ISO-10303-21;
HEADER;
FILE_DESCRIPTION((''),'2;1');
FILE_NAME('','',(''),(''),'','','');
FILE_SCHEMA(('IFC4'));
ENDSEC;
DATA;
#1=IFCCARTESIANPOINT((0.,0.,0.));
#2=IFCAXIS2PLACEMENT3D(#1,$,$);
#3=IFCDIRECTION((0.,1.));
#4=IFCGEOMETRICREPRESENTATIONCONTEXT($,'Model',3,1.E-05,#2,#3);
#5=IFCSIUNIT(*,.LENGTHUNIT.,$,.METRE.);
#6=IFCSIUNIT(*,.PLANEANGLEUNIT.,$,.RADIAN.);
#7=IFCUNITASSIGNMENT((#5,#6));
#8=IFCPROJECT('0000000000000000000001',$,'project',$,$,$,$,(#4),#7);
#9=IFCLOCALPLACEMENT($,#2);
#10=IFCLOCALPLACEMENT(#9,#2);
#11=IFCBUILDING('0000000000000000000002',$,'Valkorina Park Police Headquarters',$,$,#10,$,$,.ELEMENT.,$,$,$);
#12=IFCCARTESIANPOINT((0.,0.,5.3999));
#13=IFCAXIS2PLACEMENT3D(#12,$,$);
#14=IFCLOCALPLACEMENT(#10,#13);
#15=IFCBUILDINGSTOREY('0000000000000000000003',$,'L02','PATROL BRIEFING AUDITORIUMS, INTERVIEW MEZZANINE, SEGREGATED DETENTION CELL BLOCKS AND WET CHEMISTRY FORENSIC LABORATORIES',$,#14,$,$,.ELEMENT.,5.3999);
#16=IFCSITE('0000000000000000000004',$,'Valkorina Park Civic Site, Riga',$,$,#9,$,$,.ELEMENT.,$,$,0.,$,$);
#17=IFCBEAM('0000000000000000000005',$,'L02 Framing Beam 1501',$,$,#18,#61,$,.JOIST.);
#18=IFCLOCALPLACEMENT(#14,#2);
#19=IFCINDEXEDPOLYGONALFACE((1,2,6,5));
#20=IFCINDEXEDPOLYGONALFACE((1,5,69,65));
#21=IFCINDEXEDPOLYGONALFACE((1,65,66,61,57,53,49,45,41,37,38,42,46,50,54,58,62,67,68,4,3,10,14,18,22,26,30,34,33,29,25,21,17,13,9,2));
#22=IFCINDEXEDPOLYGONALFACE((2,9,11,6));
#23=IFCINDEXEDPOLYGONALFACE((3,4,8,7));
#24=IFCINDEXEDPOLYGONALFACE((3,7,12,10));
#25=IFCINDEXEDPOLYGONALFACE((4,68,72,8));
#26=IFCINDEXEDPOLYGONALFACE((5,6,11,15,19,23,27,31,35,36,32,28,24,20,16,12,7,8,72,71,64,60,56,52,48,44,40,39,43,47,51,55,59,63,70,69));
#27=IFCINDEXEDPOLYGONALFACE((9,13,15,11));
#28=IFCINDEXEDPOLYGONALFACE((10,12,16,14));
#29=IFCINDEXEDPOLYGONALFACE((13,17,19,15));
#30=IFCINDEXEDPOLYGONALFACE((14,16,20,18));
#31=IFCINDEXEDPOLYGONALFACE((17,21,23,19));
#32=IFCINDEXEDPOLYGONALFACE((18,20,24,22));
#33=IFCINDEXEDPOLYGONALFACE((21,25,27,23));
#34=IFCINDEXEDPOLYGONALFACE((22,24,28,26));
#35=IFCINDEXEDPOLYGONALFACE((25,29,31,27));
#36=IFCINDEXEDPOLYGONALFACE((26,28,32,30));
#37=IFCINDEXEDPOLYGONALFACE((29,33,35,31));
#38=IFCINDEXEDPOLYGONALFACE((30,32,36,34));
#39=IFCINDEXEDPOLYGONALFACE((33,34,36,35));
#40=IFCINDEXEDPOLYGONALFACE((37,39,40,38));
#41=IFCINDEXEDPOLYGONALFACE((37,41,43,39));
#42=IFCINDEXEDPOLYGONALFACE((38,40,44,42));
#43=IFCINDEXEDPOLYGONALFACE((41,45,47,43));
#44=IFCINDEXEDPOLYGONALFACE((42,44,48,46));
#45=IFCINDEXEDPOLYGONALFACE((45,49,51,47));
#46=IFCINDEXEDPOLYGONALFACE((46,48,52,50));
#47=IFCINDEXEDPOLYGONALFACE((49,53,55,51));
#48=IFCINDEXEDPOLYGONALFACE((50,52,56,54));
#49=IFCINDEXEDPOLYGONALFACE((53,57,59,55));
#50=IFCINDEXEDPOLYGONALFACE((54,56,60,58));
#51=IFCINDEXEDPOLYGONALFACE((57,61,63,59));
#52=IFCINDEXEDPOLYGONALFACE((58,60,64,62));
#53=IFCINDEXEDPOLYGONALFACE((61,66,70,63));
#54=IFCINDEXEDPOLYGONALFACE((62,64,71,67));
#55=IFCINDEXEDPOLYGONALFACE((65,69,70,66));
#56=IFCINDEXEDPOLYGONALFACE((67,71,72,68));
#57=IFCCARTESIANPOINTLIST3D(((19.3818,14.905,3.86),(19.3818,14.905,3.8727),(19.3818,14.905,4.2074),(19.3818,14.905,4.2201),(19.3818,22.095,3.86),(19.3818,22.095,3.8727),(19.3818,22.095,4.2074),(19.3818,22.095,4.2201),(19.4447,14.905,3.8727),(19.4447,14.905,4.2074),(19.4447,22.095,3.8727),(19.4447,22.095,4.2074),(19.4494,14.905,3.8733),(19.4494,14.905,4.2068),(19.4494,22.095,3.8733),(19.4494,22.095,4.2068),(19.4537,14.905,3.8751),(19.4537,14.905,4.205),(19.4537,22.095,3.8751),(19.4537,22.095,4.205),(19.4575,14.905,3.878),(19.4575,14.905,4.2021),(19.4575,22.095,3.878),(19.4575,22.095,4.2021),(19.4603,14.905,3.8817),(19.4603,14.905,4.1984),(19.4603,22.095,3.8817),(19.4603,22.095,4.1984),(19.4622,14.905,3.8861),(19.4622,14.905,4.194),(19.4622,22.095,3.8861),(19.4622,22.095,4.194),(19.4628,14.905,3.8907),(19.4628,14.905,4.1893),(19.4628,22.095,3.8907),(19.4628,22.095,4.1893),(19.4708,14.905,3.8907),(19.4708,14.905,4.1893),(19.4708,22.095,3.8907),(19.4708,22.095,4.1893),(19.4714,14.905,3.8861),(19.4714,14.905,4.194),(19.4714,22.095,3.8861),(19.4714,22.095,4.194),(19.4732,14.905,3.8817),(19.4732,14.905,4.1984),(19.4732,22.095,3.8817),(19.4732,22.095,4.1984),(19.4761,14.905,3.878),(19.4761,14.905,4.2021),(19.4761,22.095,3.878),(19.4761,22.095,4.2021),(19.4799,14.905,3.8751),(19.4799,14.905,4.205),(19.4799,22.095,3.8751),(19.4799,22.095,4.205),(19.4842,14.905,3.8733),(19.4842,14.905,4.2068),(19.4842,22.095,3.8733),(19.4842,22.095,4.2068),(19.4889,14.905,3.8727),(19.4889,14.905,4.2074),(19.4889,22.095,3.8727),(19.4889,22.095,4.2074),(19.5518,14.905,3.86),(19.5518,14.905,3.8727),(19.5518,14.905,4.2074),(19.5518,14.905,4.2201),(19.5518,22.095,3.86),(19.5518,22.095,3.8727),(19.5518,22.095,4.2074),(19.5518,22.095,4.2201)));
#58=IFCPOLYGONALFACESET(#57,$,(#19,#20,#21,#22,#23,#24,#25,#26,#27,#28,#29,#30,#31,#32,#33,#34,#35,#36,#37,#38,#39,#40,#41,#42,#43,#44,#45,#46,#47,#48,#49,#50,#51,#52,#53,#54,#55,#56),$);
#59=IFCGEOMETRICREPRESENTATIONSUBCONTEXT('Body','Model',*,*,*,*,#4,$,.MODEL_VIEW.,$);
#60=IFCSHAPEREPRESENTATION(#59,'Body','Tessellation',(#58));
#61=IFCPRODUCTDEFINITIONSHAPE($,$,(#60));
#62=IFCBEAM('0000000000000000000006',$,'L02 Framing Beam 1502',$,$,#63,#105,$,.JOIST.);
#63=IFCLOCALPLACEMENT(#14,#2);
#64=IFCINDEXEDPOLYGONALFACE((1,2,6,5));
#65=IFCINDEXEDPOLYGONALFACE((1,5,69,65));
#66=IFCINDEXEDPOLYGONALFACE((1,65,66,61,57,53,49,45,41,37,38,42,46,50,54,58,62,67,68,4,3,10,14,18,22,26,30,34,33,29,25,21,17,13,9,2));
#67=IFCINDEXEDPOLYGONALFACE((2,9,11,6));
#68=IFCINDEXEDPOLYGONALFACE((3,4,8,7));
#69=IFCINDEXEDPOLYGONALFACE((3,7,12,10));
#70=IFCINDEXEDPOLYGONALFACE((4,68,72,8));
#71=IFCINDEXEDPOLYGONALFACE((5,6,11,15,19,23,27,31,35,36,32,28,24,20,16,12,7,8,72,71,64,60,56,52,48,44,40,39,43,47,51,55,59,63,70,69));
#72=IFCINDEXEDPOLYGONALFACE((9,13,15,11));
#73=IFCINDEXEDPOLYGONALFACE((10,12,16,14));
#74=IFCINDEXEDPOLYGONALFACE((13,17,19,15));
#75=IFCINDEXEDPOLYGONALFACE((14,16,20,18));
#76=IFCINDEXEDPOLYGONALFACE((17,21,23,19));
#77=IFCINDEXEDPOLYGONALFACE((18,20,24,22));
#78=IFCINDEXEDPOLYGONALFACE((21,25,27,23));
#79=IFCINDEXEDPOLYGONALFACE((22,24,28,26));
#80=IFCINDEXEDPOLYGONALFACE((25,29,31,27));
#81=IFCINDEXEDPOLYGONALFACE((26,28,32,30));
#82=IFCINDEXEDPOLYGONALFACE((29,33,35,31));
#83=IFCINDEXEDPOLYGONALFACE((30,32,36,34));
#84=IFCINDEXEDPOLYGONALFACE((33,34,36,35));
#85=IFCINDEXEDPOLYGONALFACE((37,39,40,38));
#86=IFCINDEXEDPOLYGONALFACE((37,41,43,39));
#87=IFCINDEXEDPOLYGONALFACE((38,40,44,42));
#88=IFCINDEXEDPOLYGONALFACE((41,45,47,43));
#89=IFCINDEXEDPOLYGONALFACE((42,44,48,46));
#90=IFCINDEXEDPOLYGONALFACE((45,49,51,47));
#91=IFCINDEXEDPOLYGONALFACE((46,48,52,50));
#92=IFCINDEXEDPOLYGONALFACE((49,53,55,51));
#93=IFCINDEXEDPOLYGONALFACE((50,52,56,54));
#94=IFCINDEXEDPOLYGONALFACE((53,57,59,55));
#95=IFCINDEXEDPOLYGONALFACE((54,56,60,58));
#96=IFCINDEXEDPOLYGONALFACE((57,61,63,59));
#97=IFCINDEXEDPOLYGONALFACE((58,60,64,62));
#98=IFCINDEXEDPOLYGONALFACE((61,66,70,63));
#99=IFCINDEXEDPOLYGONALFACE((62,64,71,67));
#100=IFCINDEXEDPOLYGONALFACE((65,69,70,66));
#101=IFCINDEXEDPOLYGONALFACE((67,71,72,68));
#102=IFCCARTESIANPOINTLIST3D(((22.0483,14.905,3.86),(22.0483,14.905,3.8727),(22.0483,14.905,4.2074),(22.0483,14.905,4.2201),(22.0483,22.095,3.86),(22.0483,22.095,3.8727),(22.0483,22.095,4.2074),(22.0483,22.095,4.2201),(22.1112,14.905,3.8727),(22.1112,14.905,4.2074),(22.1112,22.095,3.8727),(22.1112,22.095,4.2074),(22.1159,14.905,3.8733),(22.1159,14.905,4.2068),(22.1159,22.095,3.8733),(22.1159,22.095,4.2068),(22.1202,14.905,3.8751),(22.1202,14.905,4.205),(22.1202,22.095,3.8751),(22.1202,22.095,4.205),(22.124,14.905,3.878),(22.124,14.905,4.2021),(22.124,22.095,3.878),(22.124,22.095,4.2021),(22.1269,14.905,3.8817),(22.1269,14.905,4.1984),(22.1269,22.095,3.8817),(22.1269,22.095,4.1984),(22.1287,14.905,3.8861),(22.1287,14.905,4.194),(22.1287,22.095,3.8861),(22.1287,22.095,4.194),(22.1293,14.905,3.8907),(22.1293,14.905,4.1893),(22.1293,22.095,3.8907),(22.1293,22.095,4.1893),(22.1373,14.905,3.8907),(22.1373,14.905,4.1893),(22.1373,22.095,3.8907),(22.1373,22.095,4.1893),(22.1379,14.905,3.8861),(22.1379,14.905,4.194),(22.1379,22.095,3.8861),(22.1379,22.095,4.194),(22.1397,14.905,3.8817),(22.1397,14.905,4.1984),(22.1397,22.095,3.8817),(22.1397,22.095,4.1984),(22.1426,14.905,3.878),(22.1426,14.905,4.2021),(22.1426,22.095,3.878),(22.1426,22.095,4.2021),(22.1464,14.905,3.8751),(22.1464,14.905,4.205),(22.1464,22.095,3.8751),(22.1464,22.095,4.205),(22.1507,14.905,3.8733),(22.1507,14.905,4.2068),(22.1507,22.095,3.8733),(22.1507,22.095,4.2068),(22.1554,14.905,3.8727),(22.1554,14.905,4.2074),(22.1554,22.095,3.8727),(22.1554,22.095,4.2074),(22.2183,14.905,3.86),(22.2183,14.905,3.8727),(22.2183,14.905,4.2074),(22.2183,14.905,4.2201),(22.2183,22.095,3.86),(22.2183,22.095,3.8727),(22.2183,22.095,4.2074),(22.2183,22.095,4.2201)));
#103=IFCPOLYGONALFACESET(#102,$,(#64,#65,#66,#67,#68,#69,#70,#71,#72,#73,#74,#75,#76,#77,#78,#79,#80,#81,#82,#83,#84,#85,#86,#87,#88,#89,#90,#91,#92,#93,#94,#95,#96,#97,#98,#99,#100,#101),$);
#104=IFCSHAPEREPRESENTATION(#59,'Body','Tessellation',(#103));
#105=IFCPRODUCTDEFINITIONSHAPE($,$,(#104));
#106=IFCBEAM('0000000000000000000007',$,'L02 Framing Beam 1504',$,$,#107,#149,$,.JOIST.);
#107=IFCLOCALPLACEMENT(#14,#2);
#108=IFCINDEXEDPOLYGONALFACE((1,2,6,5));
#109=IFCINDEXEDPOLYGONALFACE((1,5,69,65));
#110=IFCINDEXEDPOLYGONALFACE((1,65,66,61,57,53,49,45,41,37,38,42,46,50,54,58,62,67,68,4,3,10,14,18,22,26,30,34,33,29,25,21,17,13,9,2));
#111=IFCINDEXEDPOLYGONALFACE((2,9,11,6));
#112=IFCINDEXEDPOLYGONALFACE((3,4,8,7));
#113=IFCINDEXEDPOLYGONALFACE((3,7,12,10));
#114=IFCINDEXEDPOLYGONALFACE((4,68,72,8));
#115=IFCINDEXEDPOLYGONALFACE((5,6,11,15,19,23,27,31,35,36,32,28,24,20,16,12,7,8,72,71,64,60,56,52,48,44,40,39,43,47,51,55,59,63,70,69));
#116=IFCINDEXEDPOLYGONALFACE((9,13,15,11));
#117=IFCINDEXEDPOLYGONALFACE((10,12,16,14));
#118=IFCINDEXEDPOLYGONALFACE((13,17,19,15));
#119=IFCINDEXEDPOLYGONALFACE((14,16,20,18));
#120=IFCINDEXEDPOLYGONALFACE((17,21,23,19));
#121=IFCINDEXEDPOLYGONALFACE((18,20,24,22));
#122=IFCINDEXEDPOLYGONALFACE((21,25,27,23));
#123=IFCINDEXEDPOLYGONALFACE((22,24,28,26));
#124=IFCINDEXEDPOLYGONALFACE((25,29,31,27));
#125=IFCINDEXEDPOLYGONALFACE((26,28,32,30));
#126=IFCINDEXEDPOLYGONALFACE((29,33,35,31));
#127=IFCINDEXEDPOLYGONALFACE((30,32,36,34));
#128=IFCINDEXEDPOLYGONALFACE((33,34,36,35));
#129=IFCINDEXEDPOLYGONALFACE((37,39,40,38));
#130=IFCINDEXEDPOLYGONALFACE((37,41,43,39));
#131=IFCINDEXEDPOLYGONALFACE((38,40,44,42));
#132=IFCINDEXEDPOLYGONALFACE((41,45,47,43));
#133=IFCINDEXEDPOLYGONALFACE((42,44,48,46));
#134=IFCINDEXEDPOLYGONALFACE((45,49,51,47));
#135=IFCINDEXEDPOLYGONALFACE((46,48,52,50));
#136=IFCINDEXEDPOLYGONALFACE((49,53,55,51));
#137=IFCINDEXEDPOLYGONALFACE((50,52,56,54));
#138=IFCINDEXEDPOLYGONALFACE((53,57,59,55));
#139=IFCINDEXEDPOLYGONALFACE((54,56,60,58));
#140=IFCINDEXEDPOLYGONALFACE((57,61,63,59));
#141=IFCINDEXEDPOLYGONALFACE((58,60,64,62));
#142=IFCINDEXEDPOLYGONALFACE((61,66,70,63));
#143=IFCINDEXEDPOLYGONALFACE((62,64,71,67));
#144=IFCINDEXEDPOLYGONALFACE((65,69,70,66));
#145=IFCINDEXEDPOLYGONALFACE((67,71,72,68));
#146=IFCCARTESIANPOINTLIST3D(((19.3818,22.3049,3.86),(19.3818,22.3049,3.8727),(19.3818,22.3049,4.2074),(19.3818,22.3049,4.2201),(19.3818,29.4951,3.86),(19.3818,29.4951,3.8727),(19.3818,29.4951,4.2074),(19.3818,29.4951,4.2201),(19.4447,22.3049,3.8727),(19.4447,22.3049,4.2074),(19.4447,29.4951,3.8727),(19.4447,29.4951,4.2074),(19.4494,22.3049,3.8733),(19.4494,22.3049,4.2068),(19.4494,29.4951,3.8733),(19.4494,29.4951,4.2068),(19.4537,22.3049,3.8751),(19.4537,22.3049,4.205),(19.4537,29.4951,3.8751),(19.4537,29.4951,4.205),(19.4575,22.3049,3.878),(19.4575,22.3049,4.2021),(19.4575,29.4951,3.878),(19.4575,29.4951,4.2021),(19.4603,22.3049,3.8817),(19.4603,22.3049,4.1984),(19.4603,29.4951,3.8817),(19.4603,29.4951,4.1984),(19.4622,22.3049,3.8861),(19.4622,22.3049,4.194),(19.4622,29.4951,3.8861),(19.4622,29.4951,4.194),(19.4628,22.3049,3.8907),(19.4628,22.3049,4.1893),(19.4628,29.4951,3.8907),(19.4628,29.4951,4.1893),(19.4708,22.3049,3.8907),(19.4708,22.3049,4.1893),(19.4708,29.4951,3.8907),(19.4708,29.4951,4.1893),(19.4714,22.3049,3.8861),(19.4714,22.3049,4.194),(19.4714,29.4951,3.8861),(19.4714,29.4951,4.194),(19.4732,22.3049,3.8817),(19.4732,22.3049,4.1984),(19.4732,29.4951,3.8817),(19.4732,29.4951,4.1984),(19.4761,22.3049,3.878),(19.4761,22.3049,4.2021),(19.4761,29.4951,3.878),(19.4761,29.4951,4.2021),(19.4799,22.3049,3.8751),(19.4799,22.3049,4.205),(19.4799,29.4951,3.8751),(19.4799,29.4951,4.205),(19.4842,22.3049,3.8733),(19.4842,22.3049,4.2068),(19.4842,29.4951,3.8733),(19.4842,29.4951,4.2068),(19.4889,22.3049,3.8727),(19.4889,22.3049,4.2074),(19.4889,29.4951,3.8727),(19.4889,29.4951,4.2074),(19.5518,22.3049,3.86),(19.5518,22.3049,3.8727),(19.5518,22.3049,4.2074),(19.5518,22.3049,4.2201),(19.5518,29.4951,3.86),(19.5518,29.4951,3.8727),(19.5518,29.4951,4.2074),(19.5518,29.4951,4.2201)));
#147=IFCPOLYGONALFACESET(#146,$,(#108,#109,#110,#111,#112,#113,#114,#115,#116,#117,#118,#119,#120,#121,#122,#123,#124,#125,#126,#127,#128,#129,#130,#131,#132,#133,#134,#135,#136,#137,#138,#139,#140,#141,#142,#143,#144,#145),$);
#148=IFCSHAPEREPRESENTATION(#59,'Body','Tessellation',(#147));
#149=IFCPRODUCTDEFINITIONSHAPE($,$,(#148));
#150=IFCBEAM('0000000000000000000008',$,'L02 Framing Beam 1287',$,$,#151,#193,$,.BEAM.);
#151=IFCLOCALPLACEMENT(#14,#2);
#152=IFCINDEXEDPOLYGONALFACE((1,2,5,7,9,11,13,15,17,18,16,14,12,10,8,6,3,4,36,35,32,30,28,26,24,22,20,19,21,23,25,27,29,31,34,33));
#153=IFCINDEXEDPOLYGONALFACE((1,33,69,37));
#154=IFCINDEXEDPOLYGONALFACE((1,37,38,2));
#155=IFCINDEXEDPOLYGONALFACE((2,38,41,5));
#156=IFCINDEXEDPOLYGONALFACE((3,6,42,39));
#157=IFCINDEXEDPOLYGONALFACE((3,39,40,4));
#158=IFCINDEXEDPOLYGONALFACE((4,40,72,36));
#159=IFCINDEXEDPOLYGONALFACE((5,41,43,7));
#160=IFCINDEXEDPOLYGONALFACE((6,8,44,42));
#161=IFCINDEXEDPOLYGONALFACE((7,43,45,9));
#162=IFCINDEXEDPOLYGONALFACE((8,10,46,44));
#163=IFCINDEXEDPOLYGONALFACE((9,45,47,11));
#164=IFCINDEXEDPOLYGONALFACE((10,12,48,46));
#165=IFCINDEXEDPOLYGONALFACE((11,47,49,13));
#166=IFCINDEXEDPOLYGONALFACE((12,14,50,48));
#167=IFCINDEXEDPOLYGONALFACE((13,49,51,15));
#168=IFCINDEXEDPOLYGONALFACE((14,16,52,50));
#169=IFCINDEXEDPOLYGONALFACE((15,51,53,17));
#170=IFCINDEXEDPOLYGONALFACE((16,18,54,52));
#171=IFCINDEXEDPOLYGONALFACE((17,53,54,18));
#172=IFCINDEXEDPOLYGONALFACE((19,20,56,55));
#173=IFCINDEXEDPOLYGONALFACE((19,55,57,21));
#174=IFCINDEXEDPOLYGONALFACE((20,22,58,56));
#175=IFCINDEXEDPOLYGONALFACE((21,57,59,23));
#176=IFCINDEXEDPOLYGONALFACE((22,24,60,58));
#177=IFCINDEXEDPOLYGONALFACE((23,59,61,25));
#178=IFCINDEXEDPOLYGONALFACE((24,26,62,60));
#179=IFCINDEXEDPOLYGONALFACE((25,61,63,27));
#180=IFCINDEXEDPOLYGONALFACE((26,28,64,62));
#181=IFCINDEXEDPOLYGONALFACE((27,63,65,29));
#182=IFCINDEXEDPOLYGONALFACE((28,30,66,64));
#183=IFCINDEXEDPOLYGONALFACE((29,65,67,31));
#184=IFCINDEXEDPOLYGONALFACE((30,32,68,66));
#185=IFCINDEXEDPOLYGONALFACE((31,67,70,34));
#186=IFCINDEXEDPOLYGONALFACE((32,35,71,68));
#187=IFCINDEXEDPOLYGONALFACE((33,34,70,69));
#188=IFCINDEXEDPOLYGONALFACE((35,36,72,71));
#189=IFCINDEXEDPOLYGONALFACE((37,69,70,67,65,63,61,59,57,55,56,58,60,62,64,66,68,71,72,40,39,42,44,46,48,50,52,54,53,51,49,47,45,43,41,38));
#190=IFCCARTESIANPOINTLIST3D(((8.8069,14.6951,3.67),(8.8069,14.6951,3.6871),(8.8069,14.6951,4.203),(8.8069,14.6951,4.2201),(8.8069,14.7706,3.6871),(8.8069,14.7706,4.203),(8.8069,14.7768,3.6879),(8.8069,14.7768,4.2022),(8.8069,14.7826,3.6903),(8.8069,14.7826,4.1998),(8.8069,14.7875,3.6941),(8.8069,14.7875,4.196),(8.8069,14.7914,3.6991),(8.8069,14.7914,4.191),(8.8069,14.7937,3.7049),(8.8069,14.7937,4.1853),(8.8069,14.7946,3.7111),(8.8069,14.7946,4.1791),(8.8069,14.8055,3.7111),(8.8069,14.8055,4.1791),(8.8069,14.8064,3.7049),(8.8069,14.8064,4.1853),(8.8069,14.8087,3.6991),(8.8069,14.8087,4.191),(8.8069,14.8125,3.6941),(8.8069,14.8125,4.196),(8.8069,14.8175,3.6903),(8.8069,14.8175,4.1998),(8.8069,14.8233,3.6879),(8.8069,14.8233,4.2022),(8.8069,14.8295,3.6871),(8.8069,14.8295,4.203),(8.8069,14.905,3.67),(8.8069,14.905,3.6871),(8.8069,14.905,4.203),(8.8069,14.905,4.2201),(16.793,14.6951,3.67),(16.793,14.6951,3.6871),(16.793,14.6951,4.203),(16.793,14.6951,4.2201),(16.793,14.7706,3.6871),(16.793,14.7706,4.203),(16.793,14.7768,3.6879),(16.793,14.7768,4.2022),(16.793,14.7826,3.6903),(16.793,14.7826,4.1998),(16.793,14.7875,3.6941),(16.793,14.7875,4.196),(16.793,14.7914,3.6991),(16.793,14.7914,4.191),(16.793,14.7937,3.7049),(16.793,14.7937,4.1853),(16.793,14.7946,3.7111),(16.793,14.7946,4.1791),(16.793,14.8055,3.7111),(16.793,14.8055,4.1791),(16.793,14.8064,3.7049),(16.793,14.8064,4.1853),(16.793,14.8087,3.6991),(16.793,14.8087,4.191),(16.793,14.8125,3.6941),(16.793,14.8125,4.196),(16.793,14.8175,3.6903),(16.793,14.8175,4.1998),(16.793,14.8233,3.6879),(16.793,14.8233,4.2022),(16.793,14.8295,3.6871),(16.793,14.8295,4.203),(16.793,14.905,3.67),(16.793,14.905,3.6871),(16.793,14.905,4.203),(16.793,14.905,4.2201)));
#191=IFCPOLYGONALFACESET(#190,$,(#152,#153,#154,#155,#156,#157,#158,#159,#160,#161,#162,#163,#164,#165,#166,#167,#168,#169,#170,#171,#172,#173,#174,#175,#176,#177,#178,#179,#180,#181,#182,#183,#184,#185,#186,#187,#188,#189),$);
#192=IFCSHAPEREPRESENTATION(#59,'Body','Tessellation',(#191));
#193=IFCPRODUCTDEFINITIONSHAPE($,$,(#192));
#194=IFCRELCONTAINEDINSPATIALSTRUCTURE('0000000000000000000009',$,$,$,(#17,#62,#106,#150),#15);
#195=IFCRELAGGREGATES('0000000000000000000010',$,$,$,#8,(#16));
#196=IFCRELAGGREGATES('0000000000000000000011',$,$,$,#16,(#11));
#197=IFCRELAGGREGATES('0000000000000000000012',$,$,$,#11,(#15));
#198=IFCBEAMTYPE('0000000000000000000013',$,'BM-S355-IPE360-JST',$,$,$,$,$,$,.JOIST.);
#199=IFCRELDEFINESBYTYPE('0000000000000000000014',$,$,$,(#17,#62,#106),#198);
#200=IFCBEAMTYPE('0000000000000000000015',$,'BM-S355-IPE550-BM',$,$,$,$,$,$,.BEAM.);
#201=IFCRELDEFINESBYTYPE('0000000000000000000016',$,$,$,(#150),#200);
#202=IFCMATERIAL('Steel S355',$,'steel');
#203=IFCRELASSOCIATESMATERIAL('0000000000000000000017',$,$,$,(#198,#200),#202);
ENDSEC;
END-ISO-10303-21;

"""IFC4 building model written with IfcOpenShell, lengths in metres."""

from ifc_helpers import new_model, si_unit, direction, frame, origin, origin_2d, place, context, subcontext, project, spatial, i_section, extrude, material, material_profile, profile_set, type_object, element, save


model = new_model("IFC4")

# Units and contexts
model_context = context("Model", 3, precision=1e-05, world=origin(), true_north=direction((0.0, 1.0)))
body_context = subcontext(model_context, "Body", "Model", "MODEL_VIEW")
ifc_project = project(units=[si_unit("LENGTHUNIT", "METRE"), si_unit("PLANEANGLEUNIT", "RADIAN")], contexts=[model_context])

# Site, building, storey
site_placement = place(None, origin())
site = spatial("IfcSite", under=ifc_project, at=site_placement, Name="Valkorina Park Civic Site, Riga", CompositionType="ELEMENT", RefElevation=0.0)
building_placement = place(site_placement, origin())
building = spatial("IfcBuilding", under=site, at=building_placement, Name="Valkorina Park Police Headquarters", CompositionType="ELEMENT")
storey_placement = place(building_placement, frame((0.0, 0.0, 5.3999)))
storey = spatial("IfcBuildingStorey", under=building, at=storey_placement, Name="L02", Description="PATROL BRIEFING AUDITORIUMS, INTERVIEW MEZZANINE, SEGREGATED DETENTION CELL BLOCKS AND WET CHEMISTRY FORENSIC LABORATORIES", CompositionType="ELEMENT", Elevation=5.3999)

# Shared definitions
ifc_material_1 = material(Name="Steel S355", Category="steel")

# Beams
ifc_material_profile_1 = material_profile(ifc_material_1, i_section(OverallWidth=0.1699, OverallDepth=0.3601, WebThickness=0.0081, FlangeThickness=0.0127, FilletRadius=0.0181, at=origin_2d()), Name="IPE 360")
ifc_profile_set_1 = profile_set([ifc_material_profile_1], Name="Steel S355")
beam_type_1 = type_object("IfcBeamType", Name="BM-S355-IPE360-JST", PredefinedType="JOIST", material=ifc_profile_set_1)
for number, where, z_axis, x_axis, name in (
    (1, (19.4668, 14.905, 4.04), (0.0, 1.0, 0.0), (-1.0, 0.0, 0.0), "L02 Framing Beam 1501"),
    (2, (22.1333, 14.905, 4.04), (0.0, 1.0, 0.0), (-1.0, 0.0, 0.0), "L02 Framing Beam 1502"),
):
    element("IfcBeam", number, at=place(storey_placement, frame(where, z_axis=z_axis, x_axis=x_axis)), inside=storey, type_object=beam_type_1, Name=name, PredefinedType="JOIST", context=body_context, shape_type="SweptSolid", body=[
        extrude(i_section(OverallWidth=0.1699, OverallDepth=0.3601, WebThickness=0.0081, FlangeThickness=0.0127, FilletRadius=0.0181, at=origin_2d()), origin(), (0.0, 0.0, 1.0), 7.1899),
    ])
beam_1_placement = place(storey_placement, frame((19.4668, 22.3049, 4.04), z_axis=(0.0, 1.0, 0.0), x_axis=(-1.0, 0.0, 0.0)))
element("IfcBeam", 3, at=beam_1_placement, inside=storey, type_object=beam_type_1, Name="L02 Framing Beam 1504", PredefinedType="JOIST", context=body_context, shape_type="SweptSolid", body=[
    extrude(i_section(OverallWidth=0.1699, OverallDepth=0.3601, WebThickness=0.0081, FlangeThickness=0.0127, FilletRadius=0.0181, at=origin_2d()), origin(), (0.0, 0.0, 1.0), 7.1902),
])
ifc_material_profile_2 = material_profile(ifc_material_1, i_section(OverallWidth=0.21, OverallDepth=0.55, WebThickness=0.011, FlangeThickness=0.0171, FilletRadius=0.0239, at=origin_2d()), Name="IPE 550")
ifc_profile_set_2 = profile_set([ifc_material_profile_2], Name="Steel S355")
beam_type_2 = type_object("IfcBeamType", Name="BM-S355-IPE550-BM", PredefinedType="BEAM", material=ifc_profile_set_2)
for number, where, z_axis, x_axis, name in (
    (4, (8.8069, 14.8, 3.9451), (1.0, 0.0, 0.0), (0.0, 1.0, 0.0), "L02 Framing Beam 1287"),
):
    element("IfcBeam", number, at=place(storey_placement, frame(where, z_axis=z_axis, x_axis=x_axis)), inside=storey, type_object=beam_type_2, Name=name, PredefinedType="BEAM", context=body_context, shape_type="SweptSolid", body=[
        extrude(i_section(OverallWidth=0.21, OverallDepth=0.55, WebThickness=0.011, FlangeThickness=0.0171, FilletRadius=0.0239, at=origin_2d()), origin(), (0.0, 0.0, 1.0), 7.9861),
    ])

save(model, "model.ifc")
